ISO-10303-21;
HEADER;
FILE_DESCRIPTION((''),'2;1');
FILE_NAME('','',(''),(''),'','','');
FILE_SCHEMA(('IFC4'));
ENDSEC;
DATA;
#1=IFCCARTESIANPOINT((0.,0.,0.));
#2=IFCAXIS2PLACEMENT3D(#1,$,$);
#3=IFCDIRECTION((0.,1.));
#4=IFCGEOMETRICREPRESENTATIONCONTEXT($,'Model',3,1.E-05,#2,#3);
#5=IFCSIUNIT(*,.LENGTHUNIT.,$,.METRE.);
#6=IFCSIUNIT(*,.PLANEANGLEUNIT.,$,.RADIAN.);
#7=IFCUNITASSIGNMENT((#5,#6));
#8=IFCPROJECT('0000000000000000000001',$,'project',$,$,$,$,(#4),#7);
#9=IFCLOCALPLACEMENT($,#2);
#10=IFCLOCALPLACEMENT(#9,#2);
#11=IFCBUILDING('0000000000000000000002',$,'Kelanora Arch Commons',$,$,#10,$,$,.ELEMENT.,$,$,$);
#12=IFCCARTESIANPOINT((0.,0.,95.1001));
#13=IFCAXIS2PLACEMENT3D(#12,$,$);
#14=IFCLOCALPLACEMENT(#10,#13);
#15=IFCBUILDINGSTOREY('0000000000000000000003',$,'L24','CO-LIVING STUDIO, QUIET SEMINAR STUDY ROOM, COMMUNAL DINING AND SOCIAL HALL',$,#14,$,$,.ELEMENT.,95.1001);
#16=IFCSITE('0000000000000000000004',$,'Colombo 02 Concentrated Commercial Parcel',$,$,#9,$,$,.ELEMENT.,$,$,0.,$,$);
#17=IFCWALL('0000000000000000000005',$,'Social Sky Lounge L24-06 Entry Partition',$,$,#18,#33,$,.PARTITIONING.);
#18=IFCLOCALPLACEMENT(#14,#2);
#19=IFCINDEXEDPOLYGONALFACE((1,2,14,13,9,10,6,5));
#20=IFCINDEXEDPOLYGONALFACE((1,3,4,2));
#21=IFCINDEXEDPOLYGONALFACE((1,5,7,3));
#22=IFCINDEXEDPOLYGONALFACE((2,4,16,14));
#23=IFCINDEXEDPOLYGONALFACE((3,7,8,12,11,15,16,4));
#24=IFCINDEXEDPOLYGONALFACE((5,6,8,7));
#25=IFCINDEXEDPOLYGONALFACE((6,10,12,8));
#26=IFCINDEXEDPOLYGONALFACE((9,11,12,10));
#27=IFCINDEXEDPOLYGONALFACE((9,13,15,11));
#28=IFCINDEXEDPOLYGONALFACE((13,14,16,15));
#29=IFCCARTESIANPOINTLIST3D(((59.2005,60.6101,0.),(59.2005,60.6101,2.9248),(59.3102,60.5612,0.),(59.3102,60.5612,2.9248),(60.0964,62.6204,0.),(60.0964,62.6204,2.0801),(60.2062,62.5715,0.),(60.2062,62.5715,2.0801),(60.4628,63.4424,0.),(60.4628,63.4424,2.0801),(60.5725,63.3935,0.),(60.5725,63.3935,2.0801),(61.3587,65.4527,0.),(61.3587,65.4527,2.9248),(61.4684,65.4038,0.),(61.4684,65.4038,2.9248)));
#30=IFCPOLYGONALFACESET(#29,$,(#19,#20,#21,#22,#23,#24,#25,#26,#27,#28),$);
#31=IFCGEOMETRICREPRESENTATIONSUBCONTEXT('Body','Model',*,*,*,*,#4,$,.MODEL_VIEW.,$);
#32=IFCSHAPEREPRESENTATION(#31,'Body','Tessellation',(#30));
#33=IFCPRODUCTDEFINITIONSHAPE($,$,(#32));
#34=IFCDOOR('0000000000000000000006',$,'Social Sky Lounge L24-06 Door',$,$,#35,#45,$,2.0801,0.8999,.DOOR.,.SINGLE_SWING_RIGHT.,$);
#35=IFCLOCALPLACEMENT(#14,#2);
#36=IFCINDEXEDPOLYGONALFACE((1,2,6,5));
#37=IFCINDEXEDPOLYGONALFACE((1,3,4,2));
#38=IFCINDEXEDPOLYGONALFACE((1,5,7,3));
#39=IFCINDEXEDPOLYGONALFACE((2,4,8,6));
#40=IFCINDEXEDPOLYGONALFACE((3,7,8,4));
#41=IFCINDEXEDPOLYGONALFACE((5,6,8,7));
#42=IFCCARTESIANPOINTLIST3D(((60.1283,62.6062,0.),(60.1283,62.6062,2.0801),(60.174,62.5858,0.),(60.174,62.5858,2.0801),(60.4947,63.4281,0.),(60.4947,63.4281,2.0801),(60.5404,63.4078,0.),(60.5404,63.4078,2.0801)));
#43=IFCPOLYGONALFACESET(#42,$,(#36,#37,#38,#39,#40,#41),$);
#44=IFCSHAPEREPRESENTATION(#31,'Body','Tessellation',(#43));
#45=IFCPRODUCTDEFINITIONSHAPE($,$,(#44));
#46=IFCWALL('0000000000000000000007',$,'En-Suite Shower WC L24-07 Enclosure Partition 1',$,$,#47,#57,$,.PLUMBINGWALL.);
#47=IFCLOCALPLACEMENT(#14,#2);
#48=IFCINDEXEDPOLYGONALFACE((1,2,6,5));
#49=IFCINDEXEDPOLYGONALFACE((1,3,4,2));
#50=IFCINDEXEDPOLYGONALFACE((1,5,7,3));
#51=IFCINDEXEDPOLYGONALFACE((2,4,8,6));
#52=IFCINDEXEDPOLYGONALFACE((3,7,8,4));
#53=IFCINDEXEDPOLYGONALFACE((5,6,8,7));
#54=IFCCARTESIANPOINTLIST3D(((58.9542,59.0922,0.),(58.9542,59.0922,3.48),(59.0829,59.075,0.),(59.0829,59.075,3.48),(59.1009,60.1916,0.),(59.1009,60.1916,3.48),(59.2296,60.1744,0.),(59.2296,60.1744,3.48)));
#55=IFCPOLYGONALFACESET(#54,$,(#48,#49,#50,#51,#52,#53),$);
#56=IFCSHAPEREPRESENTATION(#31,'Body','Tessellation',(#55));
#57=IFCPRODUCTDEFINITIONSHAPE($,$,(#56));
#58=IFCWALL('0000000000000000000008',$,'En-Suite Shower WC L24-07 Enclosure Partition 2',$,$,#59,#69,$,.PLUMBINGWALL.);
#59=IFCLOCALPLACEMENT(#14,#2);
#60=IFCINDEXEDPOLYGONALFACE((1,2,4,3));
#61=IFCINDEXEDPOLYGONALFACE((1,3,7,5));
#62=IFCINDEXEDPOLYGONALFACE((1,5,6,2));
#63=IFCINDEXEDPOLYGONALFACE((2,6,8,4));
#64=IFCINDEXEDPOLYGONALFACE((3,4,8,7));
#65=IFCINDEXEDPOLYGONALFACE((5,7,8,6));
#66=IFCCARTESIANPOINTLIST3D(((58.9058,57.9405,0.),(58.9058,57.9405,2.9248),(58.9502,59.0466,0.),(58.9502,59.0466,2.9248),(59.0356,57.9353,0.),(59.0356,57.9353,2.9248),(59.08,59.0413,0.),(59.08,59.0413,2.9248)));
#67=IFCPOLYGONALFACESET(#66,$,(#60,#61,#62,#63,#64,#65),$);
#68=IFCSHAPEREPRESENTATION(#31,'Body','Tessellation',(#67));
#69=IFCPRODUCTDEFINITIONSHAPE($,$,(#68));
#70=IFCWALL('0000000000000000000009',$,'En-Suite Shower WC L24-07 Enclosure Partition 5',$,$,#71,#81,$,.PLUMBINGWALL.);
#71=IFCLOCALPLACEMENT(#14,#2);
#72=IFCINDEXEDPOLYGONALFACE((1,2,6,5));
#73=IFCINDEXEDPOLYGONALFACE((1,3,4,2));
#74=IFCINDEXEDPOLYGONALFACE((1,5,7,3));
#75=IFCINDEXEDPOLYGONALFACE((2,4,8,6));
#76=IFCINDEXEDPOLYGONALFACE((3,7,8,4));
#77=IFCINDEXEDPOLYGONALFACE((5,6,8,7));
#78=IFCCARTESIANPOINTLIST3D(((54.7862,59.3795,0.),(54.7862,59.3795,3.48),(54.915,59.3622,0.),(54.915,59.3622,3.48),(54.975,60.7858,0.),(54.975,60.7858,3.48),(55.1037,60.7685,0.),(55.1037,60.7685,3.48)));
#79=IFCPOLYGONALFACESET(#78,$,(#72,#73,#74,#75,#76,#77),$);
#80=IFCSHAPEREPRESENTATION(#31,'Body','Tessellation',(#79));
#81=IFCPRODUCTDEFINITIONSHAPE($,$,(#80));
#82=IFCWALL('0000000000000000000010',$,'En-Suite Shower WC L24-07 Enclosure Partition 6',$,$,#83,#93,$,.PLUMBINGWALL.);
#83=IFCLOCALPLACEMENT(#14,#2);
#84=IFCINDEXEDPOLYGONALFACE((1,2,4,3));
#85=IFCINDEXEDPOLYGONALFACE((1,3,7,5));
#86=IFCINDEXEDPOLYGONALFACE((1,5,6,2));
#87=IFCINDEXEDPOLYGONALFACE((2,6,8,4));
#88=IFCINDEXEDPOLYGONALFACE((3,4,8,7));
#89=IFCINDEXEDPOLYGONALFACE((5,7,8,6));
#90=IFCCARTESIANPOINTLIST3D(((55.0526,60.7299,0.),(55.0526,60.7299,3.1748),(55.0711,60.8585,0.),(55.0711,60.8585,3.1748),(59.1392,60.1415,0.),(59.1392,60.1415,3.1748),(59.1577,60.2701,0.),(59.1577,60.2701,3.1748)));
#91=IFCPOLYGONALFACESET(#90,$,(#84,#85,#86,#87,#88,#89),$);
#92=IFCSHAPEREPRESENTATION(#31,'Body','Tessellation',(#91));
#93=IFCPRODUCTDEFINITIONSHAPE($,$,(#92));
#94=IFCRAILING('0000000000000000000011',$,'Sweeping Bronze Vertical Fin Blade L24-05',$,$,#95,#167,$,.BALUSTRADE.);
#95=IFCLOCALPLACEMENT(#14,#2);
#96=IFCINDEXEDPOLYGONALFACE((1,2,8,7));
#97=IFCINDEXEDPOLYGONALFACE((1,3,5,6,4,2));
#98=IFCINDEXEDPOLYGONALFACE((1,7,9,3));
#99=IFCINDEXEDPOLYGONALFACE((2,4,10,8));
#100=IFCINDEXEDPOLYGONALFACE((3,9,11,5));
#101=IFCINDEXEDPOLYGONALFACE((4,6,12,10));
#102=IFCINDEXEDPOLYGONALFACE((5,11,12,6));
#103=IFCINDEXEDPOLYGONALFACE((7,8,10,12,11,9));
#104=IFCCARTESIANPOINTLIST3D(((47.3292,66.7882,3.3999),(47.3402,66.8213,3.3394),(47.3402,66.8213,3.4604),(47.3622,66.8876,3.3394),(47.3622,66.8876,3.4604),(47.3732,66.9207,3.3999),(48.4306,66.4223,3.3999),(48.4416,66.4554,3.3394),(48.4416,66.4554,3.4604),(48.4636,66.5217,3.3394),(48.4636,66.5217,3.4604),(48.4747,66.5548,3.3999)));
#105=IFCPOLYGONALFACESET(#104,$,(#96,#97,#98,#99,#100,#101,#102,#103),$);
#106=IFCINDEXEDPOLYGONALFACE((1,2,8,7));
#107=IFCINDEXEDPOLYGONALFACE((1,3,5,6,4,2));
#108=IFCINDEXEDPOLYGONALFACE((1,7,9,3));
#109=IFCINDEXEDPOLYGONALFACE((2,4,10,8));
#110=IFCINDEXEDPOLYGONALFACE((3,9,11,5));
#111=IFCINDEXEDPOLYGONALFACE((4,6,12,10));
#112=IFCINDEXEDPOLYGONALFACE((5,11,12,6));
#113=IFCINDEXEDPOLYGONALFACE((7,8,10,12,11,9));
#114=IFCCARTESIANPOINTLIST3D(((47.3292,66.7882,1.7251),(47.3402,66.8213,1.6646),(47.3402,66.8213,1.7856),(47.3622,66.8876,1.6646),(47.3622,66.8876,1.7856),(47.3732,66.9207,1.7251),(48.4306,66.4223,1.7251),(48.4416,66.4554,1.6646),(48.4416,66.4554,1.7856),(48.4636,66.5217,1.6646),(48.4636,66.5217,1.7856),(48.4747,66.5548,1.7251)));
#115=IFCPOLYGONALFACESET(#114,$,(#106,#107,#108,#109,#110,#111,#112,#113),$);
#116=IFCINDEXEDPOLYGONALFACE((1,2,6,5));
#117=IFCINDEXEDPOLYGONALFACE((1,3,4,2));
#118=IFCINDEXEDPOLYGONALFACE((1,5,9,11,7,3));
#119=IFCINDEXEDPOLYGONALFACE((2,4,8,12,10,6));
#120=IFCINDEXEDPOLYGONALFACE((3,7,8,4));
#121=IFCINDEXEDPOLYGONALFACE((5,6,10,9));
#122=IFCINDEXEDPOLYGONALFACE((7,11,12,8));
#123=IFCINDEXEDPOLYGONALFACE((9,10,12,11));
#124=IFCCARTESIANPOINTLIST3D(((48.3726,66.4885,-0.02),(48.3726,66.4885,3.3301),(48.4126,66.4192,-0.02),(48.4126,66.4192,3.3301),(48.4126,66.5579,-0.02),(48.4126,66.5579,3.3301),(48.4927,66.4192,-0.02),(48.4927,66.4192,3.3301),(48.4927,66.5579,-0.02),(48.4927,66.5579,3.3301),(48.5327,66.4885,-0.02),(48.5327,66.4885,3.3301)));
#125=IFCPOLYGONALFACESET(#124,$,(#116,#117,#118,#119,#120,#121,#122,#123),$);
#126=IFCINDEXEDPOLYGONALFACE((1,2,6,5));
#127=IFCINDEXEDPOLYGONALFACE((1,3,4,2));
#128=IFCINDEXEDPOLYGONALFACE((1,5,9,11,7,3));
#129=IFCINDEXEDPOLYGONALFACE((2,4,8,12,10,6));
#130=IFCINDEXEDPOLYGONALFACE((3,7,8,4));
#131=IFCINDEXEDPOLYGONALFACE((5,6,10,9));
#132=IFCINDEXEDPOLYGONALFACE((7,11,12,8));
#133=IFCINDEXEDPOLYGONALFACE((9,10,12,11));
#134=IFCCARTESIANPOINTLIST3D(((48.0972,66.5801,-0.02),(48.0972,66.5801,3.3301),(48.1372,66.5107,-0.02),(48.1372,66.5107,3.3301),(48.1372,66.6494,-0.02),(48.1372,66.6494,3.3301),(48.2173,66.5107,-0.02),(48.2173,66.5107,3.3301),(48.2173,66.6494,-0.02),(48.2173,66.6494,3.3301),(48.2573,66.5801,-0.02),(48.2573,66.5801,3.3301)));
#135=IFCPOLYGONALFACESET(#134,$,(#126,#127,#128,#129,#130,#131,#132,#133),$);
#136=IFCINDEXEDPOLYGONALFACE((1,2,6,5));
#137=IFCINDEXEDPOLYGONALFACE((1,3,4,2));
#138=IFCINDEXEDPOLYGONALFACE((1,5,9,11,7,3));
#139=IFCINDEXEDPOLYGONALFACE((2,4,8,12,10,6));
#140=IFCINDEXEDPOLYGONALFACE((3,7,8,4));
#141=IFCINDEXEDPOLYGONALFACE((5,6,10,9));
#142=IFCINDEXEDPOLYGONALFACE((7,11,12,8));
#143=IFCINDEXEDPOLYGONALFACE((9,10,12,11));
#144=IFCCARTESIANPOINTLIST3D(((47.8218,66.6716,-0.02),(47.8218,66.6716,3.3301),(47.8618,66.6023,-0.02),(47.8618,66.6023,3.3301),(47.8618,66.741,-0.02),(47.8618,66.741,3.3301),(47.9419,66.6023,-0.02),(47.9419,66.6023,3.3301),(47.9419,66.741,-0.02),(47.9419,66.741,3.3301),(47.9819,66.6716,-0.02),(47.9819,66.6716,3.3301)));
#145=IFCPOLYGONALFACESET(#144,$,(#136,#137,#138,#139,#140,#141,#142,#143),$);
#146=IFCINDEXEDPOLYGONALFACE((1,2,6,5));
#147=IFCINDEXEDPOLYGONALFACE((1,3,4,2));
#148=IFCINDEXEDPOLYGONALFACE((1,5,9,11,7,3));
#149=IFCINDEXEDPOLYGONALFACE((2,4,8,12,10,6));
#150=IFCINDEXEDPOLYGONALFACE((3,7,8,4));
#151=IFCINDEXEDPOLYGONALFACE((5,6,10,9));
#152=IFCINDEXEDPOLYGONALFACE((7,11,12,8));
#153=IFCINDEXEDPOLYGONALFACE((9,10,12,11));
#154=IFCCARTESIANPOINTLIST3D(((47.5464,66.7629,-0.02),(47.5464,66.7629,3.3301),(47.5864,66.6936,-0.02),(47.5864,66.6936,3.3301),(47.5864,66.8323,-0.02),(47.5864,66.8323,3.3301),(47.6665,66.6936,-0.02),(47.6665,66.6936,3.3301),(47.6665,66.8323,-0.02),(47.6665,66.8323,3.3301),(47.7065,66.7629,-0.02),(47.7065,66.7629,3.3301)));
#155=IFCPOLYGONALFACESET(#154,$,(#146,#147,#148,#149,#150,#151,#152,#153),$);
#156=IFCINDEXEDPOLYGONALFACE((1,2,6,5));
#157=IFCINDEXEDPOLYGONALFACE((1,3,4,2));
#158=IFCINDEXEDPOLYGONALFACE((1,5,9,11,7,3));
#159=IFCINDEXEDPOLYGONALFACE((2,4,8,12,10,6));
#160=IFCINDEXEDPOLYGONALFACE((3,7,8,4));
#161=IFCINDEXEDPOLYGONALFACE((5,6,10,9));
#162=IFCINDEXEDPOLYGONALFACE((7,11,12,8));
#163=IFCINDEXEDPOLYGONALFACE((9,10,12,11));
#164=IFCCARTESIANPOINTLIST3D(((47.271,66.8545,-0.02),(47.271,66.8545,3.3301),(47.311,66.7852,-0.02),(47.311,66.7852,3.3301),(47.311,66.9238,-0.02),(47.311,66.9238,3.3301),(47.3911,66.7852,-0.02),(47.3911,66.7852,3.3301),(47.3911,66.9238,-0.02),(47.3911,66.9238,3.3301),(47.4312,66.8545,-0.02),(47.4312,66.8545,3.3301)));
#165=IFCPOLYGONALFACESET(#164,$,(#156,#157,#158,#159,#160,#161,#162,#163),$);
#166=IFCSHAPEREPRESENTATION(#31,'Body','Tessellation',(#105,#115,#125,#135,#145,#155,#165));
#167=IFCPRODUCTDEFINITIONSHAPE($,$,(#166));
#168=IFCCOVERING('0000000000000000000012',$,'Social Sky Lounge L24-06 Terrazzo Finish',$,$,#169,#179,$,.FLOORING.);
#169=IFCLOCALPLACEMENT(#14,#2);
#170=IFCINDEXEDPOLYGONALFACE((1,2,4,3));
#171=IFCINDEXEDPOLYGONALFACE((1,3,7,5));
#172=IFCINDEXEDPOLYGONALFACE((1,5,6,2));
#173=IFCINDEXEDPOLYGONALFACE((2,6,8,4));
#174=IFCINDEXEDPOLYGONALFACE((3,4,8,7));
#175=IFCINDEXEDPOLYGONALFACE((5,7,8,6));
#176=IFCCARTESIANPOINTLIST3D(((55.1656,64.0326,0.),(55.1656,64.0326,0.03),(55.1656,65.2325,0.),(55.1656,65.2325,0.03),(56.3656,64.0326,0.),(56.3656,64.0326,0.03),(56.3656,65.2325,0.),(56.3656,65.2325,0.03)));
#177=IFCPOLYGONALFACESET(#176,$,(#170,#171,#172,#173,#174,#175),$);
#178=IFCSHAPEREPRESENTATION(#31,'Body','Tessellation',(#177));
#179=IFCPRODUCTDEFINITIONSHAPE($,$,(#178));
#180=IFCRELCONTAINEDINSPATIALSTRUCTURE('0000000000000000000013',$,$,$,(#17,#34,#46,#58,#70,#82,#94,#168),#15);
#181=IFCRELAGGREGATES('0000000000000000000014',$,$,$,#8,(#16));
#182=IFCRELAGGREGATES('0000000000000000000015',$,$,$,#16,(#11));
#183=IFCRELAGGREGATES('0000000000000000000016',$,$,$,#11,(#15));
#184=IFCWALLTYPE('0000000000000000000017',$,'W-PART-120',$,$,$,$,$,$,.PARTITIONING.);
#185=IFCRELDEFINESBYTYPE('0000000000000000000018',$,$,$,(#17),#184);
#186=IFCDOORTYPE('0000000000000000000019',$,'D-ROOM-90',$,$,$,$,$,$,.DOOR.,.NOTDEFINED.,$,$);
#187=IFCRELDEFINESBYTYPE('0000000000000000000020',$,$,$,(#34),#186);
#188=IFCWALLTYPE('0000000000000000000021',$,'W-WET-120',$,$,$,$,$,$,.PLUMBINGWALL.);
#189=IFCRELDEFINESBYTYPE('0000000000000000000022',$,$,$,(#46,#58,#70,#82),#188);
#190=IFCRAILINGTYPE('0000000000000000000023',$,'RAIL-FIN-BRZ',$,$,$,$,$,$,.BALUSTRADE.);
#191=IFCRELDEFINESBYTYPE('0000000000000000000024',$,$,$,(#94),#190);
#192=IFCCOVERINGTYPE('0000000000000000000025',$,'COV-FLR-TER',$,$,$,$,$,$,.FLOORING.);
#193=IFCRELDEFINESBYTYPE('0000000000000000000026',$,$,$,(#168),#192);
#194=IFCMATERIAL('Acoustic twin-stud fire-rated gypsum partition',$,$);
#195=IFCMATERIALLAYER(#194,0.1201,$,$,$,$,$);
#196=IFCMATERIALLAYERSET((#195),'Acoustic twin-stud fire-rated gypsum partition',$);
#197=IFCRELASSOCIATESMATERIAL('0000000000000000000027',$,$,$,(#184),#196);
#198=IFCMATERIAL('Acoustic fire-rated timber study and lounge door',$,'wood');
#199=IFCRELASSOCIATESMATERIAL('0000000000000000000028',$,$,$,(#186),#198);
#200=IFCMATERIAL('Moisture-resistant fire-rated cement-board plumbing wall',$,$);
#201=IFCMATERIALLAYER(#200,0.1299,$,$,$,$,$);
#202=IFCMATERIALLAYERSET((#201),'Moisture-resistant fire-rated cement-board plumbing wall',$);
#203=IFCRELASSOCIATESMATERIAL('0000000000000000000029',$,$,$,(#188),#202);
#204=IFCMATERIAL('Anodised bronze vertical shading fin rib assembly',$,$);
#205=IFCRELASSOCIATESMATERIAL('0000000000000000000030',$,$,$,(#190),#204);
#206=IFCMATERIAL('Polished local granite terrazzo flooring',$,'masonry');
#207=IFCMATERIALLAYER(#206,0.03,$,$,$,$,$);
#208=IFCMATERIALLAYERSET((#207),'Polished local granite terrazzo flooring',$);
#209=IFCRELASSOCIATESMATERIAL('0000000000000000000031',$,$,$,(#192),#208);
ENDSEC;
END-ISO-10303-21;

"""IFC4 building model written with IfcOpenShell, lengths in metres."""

from ifc_helpers import new_model, si_unit, direction, frame, frame_2d, origin, origin_2d, place, context, subcontext, project, spatial, polyline, rectangle, outline, extrude, source, transform, mapped, material, layer, layer_set, type_object, element, fill, save


model = new_model("IFC4")

# Units and contexts
model_context = context("Model", 3, precision=1e-05, world=origin(), true_north=direction((0.0, 1.0)))
body_context = subcontext(model_context, "Body", "Model", "MODEL_VIEW")
ifc_project = project(units=[si_unit("LENGTHUNIT", "METRE"), si_unit("PLANEANGLEUNIT", "RADIAN")], contexts=[model_context])

# Site, building, storey
site_placement = place(None, origin())
site = spatial("IfcSite", under=ifc_project, at=site_placement, Name="Colombo 02 Concentrated Commercial Parcel", CompositionType="ELEMENT", RefElevation=0.0)
building_placement = place(site_placement, origin())
building = spatial("IfcBuilding", under=site, at=building_placement, Name="Kelanora Arch Commons", CompositionType="ELEMENT")
storey_placement = place(building_placement, frame((0.0, 0.0, 95.1001)))
storey = spatial("IfcBuildingStorey", under=building, at=storey_placement, Name="L24", Description="CO-LIVING STUDIO, QUIET SEMINAR STUDY ROOM, COMMUNAL DINING AND SOCIAL HALL", CompositionType="ELEMENT", Elevation=95.1001)

# Wall, opening, door
ifc_material_1 = material(Name="Acoustic twin-stud fire-rated gypsum partition")
ifc_layer_1 = layer(ifc_material_1, 0.1201)
ifc_layer_set_1 = layer_set([ifc_layer_1], Name="Acoustic twin-stud fire-rated gypsum partition")
wall_type_1 = type_object("IfcWallType", Name="W-PART-120", PredefinedType="PARTITIONING", material=ifc_layer_set_1)
wall_1_placement = place(storey_placement, frame((61.4136, 65.4282, 0.0), z_axis=(0.0, 0.0, 1.0), x_axis=(-0.407078, -0.913393, 0.0)))
wall_1 = element("IfcWall", 1, at=wall_1_placement, inside=storey, type_object=wall_type_1, Name="Social Sky Lounge L24-06 Entry Partition", PredefinedType="PARTITIONING", context=body_context, shape_type="SweptSolid", body=[
    extrude(rectangle(XDim=5.3018, YDim=0.1201, at=frame_2d((2.6509, 0.0))), origin(), (0.0, 0.0, 1.0), 2.9248),
])
opening_placement = place(wall_1_placement, frame((2.2009, 0.0, 0.0)))
opening = element("IfcOpeningElement", 2, at=opening_placement, cuts=wall_1, PredefinedType="OPENING", context=body_context, shape_type="SweptSolid", body=[
    extrude(rectangle(XDim=0.8999, YDim=2.0801, at=frame_2d((0.45, 1.04))), frame((0.0, 0.0701, 0.0), z_axis=(0.0, -1.0, 0.0), x_axis=(1.0, 0.0, 0.0)), (0.0, 0.0, 1.0), 0.1401),
])
ifc_material_2 = material(Name="Acoustic fire-rated timber study and lounge door", Category="wood")
door_type = type_object("IfcDoorType", Name="D-ROOM-90", OperationType="NOTDEFINED", PredefinedType="DOOR", material=ifc_material_2)
door_placement = place(opening_placement, origin())
door = element("IfcDoor", 3, at=door_placement, inside=storey, type_object=door_type, Name="Social Sky Lounge L24-06 Door", OperationType="SINGLE_SWING_RIGHT", OverallHeight=2.0801, OverallWidth=0.8999, PredefinedType="DOOR", context=body_context, shape_type="SweptSolid", body=[
    extrude(rectangle(XDim=0.8999, YDim=2.0801, at=frame_2d((0.45, 1.04))), frame((0.0, 0.0249, 0.0), z_axis=(0.0, -1.0, 0.0), x_axis=(1.0, 0.0, 0.0)), (0.0, 0.0, 1.0), 0.05),
])
fill(opening, door)

# Walls
ifc_material_3 = material(Name="Moisture-resistant fire-rated cement-board plumbing wall")
ifc_layer_2 = layer(ifc_material_3, 0.1299)
ifc_layer_set_2 = layer_set([ifc_layer_2], Name="Moisture-resistant fire-rated cement-board plumbing wall")
wall_type_2 = type_object("IfcWallType", Name="W-WET-120", PredefinedType="PLUMBINGWALL", material=ifc_layer_set_2)
wall_2_placement = place(storey_placement, frame((59.1653, 60.1831, 0.0), z_axis=(0.0, 0.0, 1.0), x_axis=(-0.132293, -0.991211, 0.0)))
element("IfcWall", 4, at=wall_2_placement, inside=storey, type_object=wall_type_2, Name="En-Suite Shower WC L24-07 Enclosure Partition 1", PredefinedType="PLUMBINGWALL", context=body_context, shape_type="SweptSolid", body=[
    extrude(rectangle(XDim=1.1091, YDim=0.1299, at=frame_2d((0.5547, 0.0))), origin(), (0.0, 0.0, 1.0), 3.48),
])
wall_3_placement = place(storey_placement, frame((59.0151, 59.0439, 0.0), z_axis=(0.0, 0.0, 1.0), x_axis=(-0.040144, -0.999194, 0.0)))
element("IfcWall", 5, at=wall_3_placement, inside=storey, type_object=wall_type_2, Name="En-Suite Shower WC L24-07 Enclosure Partition 2", PredefinedType="PLUMBINGWALL", context=body_context, shape_type="SweptSolid", body=[
    extrude(rectangle(XDim=1.1069, YDim=0.1299, at=frame_2d((0.5535, 0.0))), origin(), (0.0, 0.0, 1.0), 2.9248),
])
wall_4_placement = place(storey_placement, frame((54.8506, 59.3708, 0.0), z_axis=(0.0, 0.0, 1.0), x_axis=(0.133009, 0.991115, 0.0)))
element("IfcWall", 6, at=wall_4_placement, inside=storey, type_object=wall_type_2, Name="En-Suite Shower WC L24-07 Enclosure Partition 5", PredefinedType="PLUMBINGWALL", context=body_context, shape_type="SweptSolid", body=[
    extrude(rectangle(XDim=1.4189, YDim=0.1299, at=frame_2d((0.7095, 0.0))), origin(), (0.0, 0.0, 1.0), 3.48),
])
wall_5_placement = place(storey_placement, frame((55.0618, 60.7942, 0.0), z_axis=(0.0, 0.0, 1.0), x_axis=(0.989793, -0.142514, 0.0)))
element("IfcWall", 7, at=wall_5_placement, inside=storey, type_object=wall_type_2, Name="En-Suite Shower WC L24-07 Enclosure Partition 6", PredefinedType="PLUMBINGWALL", context=body_context, shape_type="SweptSolid", body=[
    extrude(rectangle(XDim=4.1287, YDim=0.1299, at=frame_2d((2.0645, 0.0))), origin(), (0.0, 0.0, 1.0), 3.1748),
])

# Railing
ifc_material_4 = material(Name="Anodised bronze vertical shading fin rib assembly")
railing_type = type_object("IfcRailingType", Name="RAIL-FIN-BRZ", PredefinedType="BALUSTRADE", material=ifc_material_4)
railing_placement = place(storey_placement, frame((48.4526, 66.4885, -0.02)))
element("IfcRailing", 8, at=railing_placement, inside=storey, type_object=railing_type, Name="Sweeping Bronze Vertical Fin Blade L24-05", PredefinedType="BALUSTRADE", context=body_context, shape_type="SweptSolid", body=[
    extrude(outline(polyline([(0.0698, 0.0), (0.0349, 0.0605), (-0.0349, 0.0605), (-0.0698, 0.0), (-0.0349, -0.0605), (0.0349, -0.0605), (0.0698, 0.0)])), frame((0.0, 0.0, 3.4199), z_axis=(-0.948998, 0.315281, 0.0), x_axis=(-0.315281, -0.948998, 0.0)), (0.0, 0.0, 1.0), 1.1606),
    extrude(outline(polyline([(0.0698, 0.0), (0.0349, 0.0605), (-0.0349, 0.0605), (-0.0698, 0.0), (-0.0349, -0.0605), (0.0349, -0.0605), (0.0698, 0.0)])), frame((0.0, 0.0, 1.7451), z_axis=(-0.948998, 0.315281, 0.0), x_axis=(-0.315281, -0.948998, 0.0)), (0.0, 0.0, 1.0), 1.1606),
    extrude(outline(polyline([(0.0801, 0.0), (0.04, 0.0693), (-0.04, 0.0693), (-0.0801, 0.0), (-0.04, -0.0693), (0.04, -0.0693), (0.0801, 0.0)])), origin(), (0.0, 0.0, 1.0), 3.3501),
    extrude(outline(polyline([(0.0801, 0.0), (0.04, 0.0693), (-0.04, 0.0693), (-0.0801, 0.0), (-0.04, -0.0693), (0.04, -0.0693), (0.0801, 0.0)])), frame((-0.2754, 0.0916, 0.0)), (0.0, 0.0, 1.0), 3.3501),
    extrude(outline(polyline([(0.0801, 0.0), (0.04, 0.0693), (-0.04, 0.0693), (-0.0801, 0.0), (-0.04, -0.0693), (0.04, -0.0693), (0.0801, 0.0)])), frame((-0.5508, 0.1831, 0.0)), (0.0, 0.0, 1.0), 3.3501),
    extrude(outline(polyline([(0.0801, 0.0), (0.04, 0.0693), (-0.04, 0.0693), (-0.0801, 0.0), (-0.04, -0.0693), (0.04, -0.0693), (0.0801, 0.0)])), frame((-0.8262, 0.2744, 0.0)), (0.0, 0.0, 1.0), 3.3501),
    extrude(outline(polyline([(0.0801, 0.0), (0.04, 0.0693), (-0.04, 0.0693), (-0.0801, 0.0), (-0.04, -0.0693), (0.04, -0.0693), (0.0801, 0.0)])), frame((-1.1016, 0.366, 0.0)), (0.0, 0.0, 1.0), 3.3501),
])

# Covering
ifc_material_5 = material(Name="Polished local granite terrazzo flooring", Category="masonry")
ifc_layer_3 = layer(ifc_material_5, 0.03)
ifc_layer_set_3 = layer_set([ifc_layer_3], Name="Polished local granite terrazzo flooring")
covering_type = type_object("IfcCoveringType", Name="COV-FLR-TER", PredefinedType="FLOORING", material=ifc_layer_set_3)
shared_shape_1 = source(origin(), body_context, "Body", "SweptSolid", [
    extrude(rectangle(XDim=1.2, YDim=1.2, at=origin_2d()), origin(), (0.0, 0.0, 1.0), 0.03),
])
covering_placement = place(storey_placement, frame((55.7656, 64.6326, 0.0), z_axis=(0.0, 0.0, 1.0), x_axis=(1.0, 0.0, 0.0)))
element("IfcCovering", 9, at=covering_placement, inside=storey, type_object=covering_type, Name="Social Sky Lounge L24-06 Terrazzo Finish", PredefinedType="FLOORING", context=body_context, shape_type="MappedRepresentation", body=[
    mapped(shared_shape_1, transform((0.0, 0.0, 0.0), scale=1.0)),
])

save(model, "model.ifc")
